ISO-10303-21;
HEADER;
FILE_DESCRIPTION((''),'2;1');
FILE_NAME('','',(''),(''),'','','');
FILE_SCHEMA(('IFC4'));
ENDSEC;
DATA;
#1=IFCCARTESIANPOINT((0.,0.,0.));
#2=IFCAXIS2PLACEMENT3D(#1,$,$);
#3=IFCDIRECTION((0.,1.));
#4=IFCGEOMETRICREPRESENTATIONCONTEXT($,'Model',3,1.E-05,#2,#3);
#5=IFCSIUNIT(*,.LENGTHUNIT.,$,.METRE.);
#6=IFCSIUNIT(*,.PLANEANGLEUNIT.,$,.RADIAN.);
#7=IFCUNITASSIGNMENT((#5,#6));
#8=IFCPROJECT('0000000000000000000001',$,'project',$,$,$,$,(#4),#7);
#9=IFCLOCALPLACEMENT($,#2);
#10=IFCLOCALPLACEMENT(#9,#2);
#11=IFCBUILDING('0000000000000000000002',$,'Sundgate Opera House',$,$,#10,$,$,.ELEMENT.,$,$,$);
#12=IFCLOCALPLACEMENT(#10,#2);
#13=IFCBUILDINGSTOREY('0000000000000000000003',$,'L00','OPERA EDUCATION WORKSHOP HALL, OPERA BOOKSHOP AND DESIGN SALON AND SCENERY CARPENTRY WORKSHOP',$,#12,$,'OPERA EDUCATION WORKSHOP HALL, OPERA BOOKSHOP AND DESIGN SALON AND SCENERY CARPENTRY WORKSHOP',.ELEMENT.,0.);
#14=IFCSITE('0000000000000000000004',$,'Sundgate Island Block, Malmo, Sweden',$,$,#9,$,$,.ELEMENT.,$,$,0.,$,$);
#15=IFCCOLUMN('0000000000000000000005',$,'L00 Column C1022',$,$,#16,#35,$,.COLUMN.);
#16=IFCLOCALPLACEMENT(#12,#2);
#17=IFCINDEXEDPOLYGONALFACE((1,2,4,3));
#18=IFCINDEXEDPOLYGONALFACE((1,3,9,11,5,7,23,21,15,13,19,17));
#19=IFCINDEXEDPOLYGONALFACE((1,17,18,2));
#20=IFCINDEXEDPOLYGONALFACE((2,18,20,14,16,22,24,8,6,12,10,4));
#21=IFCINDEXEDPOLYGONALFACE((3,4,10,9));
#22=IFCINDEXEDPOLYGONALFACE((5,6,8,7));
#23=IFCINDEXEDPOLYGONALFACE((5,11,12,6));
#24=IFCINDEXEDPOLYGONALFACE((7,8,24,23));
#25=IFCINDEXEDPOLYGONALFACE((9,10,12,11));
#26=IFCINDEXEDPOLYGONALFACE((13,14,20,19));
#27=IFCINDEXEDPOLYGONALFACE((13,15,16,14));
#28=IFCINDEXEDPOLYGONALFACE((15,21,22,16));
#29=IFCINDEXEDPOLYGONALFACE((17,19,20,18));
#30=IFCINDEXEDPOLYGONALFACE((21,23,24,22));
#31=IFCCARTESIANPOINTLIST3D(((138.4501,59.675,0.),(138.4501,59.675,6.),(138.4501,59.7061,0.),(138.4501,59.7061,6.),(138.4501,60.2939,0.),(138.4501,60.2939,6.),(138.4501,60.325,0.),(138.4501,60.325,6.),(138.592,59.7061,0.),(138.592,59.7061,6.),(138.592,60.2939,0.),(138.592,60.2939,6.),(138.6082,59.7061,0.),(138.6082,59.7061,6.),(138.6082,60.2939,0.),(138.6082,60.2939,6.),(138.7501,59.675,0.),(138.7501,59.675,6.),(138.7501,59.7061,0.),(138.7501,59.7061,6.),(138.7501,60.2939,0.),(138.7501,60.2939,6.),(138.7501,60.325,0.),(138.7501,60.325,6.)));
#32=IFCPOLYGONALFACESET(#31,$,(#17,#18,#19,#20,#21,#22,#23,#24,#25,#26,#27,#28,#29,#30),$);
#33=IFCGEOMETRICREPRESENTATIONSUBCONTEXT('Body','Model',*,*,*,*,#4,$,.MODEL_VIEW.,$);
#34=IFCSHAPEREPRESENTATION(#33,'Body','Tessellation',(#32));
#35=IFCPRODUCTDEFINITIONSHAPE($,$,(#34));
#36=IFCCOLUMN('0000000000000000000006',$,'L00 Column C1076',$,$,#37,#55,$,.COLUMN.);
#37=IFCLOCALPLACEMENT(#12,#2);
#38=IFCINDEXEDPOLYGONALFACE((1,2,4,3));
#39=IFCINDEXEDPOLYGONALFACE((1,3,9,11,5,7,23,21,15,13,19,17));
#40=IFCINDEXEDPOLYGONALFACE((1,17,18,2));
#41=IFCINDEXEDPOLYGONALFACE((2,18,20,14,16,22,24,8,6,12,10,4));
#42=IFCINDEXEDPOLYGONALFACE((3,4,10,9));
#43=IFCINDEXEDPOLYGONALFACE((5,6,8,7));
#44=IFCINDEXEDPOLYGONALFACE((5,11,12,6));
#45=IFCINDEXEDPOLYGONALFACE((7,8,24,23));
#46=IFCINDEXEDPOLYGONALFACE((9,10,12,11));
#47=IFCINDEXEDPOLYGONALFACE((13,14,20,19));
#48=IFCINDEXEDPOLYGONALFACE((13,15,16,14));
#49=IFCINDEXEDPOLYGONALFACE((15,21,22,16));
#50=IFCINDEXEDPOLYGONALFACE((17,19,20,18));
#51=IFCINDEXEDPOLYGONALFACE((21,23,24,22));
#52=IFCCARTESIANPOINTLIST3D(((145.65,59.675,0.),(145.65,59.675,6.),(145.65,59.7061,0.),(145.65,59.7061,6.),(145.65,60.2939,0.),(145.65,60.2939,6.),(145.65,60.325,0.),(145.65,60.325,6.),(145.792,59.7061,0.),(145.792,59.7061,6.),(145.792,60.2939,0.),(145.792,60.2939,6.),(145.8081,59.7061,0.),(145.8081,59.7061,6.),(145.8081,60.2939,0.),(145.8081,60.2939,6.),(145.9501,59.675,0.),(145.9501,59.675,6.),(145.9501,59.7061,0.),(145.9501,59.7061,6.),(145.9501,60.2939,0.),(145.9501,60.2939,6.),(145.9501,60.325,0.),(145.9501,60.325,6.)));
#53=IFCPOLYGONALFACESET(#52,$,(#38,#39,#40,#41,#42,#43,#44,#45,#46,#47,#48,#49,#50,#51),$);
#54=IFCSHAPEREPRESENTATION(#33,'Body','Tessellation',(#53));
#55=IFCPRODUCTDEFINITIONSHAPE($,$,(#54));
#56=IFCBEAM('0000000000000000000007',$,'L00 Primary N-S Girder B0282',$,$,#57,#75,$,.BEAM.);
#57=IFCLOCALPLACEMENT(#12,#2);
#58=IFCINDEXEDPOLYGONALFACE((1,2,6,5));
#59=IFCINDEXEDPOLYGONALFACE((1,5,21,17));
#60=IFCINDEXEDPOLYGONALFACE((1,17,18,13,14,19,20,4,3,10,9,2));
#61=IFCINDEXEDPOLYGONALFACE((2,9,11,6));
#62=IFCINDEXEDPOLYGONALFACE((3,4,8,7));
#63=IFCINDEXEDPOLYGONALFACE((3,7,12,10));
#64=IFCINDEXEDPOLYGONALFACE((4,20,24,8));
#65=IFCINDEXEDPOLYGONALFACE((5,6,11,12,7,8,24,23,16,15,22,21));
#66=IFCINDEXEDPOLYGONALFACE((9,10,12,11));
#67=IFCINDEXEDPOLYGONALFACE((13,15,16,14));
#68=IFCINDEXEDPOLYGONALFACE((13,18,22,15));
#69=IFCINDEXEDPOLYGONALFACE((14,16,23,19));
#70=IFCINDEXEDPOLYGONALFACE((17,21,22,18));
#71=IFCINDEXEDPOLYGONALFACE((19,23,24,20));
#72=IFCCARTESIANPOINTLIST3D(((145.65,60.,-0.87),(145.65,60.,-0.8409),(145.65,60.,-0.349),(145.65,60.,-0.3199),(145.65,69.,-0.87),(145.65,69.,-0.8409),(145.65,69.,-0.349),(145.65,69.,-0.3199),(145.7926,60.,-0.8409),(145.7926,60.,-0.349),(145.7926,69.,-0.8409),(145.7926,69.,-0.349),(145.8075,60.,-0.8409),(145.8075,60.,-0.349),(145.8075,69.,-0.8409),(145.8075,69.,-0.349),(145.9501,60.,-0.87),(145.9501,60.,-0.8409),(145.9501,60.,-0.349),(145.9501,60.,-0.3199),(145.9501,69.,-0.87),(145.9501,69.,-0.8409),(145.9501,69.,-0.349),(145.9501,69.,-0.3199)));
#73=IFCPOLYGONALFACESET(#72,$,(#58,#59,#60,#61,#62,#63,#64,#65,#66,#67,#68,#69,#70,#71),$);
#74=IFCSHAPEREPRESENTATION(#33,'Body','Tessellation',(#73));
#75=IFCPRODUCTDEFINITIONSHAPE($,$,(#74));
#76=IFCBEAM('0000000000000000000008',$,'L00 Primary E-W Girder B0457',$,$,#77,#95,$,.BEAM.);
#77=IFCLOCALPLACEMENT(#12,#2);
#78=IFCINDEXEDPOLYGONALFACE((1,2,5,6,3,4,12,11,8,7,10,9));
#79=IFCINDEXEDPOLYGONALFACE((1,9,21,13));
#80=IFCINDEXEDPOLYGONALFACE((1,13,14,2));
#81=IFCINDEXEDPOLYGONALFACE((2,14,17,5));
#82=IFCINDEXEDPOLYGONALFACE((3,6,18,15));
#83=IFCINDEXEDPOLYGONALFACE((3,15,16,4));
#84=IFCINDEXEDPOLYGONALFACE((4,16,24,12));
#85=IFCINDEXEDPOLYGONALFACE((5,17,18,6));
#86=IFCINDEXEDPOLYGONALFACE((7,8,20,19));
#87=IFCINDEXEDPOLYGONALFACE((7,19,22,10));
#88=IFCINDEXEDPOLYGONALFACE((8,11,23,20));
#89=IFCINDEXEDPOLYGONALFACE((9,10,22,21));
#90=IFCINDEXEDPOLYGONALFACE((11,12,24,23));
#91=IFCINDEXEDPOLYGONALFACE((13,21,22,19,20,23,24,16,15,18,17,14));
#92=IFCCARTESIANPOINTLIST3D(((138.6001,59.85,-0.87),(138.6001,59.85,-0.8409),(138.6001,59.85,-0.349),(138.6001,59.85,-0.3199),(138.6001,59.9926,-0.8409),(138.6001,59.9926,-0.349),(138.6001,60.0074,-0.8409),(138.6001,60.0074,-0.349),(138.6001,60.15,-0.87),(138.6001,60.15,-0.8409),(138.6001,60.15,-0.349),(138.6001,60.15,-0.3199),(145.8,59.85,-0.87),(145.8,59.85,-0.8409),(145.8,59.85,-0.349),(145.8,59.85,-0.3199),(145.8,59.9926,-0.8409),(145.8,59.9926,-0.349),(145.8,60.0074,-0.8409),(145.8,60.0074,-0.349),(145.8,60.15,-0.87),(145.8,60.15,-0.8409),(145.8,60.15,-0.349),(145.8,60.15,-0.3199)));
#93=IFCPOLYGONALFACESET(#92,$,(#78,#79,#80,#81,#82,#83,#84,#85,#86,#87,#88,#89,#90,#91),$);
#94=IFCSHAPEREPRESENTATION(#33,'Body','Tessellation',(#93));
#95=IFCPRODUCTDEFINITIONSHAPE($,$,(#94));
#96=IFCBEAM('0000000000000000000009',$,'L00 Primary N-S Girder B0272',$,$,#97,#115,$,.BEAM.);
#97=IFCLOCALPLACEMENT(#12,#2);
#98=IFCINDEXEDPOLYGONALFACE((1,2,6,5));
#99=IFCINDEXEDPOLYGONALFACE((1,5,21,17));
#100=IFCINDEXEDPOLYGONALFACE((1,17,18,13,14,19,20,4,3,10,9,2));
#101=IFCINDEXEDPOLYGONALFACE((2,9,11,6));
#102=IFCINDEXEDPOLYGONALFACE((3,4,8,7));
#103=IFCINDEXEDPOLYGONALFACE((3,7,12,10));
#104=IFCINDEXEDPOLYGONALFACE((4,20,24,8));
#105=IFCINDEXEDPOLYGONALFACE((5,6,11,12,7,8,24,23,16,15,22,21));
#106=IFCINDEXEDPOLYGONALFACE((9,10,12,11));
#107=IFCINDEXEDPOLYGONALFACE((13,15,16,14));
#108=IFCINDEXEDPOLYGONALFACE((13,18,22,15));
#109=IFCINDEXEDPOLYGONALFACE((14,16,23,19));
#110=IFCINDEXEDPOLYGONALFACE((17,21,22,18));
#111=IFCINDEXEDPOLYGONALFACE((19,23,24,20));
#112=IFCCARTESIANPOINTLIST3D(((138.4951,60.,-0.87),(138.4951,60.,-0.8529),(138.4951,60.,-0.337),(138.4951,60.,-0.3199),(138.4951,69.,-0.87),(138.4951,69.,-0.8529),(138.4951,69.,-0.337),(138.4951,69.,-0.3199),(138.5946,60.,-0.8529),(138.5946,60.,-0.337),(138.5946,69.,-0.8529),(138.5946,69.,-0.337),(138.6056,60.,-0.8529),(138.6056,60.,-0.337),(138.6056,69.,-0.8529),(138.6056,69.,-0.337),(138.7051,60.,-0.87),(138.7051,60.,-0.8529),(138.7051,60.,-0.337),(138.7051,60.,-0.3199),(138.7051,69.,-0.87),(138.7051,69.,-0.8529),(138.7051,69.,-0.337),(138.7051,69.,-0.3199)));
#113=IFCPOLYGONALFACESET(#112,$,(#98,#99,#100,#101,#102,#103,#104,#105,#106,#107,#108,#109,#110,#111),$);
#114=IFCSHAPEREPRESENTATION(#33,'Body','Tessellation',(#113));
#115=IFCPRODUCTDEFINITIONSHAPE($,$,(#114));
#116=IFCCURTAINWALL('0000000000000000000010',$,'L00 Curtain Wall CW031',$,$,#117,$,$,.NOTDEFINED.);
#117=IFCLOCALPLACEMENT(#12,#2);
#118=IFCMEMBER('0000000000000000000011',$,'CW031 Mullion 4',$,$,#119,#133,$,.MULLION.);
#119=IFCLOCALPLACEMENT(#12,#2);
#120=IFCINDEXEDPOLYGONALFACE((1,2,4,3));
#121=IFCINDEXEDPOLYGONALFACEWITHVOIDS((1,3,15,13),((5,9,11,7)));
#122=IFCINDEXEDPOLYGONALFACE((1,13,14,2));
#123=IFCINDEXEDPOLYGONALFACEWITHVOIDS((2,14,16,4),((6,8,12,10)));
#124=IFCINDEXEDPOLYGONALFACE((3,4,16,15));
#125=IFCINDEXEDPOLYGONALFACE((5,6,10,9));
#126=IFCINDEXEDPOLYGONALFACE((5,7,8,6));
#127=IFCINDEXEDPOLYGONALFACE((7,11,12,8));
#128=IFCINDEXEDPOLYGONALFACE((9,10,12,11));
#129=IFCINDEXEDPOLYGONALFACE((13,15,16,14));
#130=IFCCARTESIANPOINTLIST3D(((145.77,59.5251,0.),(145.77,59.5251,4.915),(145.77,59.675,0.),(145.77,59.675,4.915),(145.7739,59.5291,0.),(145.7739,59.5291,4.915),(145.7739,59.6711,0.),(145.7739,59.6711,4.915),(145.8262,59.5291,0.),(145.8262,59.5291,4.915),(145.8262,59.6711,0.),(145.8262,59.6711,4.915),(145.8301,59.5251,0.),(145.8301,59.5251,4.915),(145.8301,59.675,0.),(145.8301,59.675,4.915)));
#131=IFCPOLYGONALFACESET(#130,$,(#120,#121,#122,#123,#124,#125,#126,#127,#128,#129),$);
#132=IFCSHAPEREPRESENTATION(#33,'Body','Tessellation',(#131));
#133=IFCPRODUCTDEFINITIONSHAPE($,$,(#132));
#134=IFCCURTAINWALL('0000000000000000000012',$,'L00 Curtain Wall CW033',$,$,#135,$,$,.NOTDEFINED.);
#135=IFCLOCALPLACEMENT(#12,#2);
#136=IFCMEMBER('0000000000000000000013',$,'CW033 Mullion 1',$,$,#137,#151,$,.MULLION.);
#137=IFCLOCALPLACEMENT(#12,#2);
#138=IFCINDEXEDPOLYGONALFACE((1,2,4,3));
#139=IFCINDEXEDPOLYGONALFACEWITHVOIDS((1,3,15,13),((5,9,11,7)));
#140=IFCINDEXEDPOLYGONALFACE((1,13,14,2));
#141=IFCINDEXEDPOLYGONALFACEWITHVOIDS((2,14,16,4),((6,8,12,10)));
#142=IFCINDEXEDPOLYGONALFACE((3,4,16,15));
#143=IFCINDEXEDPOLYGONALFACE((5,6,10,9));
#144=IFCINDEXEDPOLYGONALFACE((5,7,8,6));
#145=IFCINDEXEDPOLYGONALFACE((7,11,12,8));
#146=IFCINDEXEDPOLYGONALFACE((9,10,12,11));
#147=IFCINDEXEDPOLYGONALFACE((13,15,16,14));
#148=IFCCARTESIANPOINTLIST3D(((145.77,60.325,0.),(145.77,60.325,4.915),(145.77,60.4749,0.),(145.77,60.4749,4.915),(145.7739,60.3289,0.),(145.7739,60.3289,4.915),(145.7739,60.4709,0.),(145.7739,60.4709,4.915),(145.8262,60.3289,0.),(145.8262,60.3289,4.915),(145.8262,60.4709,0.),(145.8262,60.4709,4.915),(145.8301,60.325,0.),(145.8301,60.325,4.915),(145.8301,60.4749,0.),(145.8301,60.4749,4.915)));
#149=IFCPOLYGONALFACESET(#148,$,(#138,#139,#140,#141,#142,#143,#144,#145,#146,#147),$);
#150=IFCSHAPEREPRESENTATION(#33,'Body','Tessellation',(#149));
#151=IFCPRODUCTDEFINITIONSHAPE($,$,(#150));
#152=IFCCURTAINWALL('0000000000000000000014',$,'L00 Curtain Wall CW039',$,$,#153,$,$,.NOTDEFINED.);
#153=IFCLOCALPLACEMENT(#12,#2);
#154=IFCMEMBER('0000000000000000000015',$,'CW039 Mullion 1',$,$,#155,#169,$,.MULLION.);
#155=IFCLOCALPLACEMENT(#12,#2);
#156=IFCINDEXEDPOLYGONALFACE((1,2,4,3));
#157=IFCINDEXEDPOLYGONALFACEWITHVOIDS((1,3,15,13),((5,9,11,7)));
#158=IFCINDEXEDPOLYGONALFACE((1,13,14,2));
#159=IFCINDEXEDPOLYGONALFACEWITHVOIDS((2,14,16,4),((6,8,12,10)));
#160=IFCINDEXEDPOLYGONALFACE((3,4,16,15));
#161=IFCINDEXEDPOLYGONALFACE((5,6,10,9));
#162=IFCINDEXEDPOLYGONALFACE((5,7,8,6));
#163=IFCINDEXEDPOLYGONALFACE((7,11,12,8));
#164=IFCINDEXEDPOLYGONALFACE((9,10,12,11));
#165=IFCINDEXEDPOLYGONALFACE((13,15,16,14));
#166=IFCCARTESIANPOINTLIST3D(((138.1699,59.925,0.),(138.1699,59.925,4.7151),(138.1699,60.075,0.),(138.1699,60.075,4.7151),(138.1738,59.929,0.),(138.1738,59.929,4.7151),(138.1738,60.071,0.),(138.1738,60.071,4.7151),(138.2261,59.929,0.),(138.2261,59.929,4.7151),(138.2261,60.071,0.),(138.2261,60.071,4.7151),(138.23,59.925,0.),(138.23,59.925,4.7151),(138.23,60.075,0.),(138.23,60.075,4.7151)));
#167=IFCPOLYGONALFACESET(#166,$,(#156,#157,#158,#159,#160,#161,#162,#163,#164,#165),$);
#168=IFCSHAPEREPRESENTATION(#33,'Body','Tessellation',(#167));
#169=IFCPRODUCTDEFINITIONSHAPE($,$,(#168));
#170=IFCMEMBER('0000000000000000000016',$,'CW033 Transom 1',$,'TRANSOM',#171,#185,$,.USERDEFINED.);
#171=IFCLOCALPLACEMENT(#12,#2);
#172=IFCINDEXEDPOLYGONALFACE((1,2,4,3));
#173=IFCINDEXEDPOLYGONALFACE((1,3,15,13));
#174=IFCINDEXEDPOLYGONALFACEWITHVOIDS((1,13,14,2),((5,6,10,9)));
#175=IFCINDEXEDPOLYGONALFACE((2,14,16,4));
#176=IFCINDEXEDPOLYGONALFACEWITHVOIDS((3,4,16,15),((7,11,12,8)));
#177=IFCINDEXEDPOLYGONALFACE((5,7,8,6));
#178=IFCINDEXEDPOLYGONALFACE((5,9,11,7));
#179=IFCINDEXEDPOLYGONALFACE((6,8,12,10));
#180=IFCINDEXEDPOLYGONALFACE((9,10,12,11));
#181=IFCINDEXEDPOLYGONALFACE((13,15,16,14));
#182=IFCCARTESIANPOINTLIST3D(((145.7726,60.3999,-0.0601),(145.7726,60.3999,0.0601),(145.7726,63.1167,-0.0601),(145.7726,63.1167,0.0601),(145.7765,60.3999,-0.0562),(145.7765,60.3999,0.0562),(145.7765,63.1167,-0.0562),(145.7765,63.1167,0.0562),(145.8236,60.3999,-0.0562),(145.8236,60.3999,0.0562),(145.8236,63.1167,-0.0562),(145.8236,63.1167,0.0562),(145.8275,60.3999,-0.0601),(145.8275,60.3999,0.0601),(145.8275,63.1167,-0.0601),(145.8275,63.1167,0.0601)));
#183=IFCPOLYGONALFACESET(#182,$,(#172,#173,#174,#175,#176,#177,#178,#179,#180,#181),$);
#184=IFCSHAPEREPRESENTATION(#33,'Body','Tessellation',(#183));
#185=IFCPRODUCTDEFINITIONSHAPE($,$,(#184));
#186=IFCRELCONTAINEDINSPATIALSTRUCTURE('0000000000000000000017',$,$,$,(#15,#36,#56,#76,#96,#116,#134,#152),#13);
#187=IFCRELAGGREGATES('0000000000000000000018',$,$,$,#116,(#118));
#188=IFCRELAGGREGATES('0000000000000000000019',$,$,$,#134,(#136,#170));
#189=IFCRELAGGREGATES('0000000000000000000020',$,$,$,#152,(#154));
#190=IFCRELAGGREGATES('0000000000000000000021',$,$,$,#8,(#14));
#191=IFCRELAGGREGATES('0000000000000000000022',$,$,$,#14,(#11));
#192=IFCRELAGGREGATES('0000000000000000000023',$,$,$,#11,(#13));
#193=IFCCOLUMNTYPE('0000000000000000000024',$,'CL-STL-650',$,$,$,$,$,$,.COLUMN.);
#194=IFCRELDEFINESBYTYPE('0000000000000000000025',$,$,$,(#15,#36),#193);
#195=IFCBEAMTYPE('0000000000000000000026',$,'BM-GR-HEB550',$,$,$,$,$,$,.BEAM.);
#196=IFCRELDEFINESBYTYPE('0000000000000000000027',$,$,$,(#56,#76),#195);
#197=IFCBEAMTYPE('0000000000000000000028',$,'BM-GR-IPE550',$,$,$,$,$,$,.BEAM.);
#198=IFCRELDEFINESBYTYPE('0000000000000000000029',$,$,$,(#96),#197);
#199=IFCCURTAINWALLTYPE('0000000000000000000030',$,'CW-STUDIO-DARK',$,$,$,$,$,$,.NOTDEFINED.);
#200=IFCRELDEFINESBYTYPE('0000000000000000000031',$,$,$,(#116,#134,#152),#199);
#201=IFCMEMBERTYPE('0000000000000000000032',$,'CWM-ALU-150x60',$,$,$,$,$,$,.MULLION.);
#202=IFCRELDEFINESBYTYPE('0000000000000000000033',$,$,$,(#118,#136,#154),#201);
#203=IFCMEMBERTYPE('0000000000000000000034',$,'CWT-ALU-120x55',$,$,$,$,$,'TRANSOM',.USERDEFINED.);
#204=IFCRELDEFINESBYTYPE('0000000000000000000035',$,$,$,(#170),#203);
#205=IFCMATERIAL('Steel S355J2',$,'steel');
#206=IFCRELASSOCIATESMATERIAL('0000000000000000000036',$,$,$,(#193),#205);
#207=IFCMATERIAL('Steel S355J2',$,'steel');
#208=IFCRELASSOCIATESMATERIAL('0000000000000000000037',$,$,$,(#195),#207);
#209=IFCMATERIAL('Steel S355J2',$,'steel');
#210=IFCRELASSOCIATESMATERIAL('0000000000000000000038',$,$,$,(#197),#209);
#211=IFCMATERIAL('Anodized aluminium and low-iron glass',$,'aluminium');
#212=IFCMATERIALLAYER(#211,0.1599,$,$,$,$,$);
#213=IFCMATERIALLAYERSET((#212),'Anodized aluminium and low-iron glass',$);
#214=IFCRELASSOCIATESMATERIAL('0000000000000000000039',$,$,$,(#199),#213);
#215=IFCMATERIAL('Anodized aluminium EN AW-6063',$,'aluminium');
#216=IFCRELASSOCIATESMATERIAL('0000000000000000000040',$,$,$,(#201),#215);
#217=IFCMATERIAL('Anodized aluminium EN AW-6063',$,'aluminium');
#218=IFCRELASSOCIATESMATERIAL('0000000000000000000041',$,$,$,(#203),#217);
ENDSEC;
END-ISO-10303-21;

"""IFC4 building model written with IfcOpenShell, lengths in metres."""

from ifc_helpers import new_model, si_unit, direction, frame, origin, origin_2d, place, context, subcontext, project, spatial, hollow_rectangle, i_section, extrude, material, layer, layer_set, material_profile, profile_set, type_object, element, aggregate, save


model = new_model("IFC4")

# Units and contexts
model_context = context("Model", 3, precision=1e-05, world=origin(), true_north=direction((0.0, 1.0)))
body_context = subcontext(model_context, "Body", "Model", "MODEL_VIEW")
ifc_project = project(units=[si_unit("LENGTHUNIT", "METRE"), si_unit("PLANEANGLEUNIT", "RADIAN")], contexts=[model_context])

# Site, building, storey
site_placement = place(None, origin())
site = spatial("IfcSite", under=ifc_project, at=site_placement, Name="Sundgate Island Block, Malmo, Sweden", CompositionType="ELEMENT", RefElevation=0.0)
building_placement = place(site_placement, origin())
building = spatial("IfcBuilding", under=site, at=building_placement, Name="Sundgate Opera House", CompositionType="ELEMENT")
storey_placement = place(building_placement, origin())
storey = spatial("IfcBuildingStorey", under=building, at=storey_placement, Name="L00", Description="OPERA EDUCATION WORKSHOP HALL, OPERA BOOKSHOP AND DESIGN SALON AND SCENERY CARPENTRY WORKSHOP", LongName="OPERA EDUCATION WORKSHOP HALL, OPERA BOOKSHOP AND DESIGN SALON AND SCENERY CARPENTRY WORKSHOP", CompositionType="ELEMENT", Elevation=0.0)

# Columns
ifc_material_1 = material(Name="Steel S355J2", Category="steel")
ifc_material_profile_1 = material_profile(ifc_material_1, i_section(OverallWidth=0.3, OverallDepth=0.6499, WebThickness=0.0161, FlangeThickness=0.031, at=origin_2d()), Name="HEB 650")
ifc_profile_set_1 = profile_set([ifc_material_profile_1], Name="Steel S355J2")
column_type = type_object("IfcColumnType", Name="CL-STL-650", PredefinedType="COLUMN", material=ifc_profile_set_1)
for number, where, z_axis, x_axis, name in (
    (1, (138.6001, 60.0, 0.0), (0.0, 0.0, 1.0), (1.0, 0.0, 0.0), "L00 Column C1022"),
    (2, (145.8, 60.0, 0.0), (0.0, 0.0, 1.0), (1.0, 0.0, 0.0), "L00 Column C1076"),
):
    element("IfcColumn", number, at=place(storey_placement, frame(where, z_axis=z_axis, x_axis=x_axis)), inside=storey, type_object=column_type, Name=name, PredefinedType="COLUMN", context=body_context, shape_type="SweptSolid", body=[
        extrude(i_section(OverallWidth=0.3, OverallDepth=0.6499, WebThickness=0.0161, FlangeThickness=0.031, at=origin_2d()), origin(), (0.0, 0.0, 1.0), 6.0),
    ])

# Beams
ifc_material_2 = material(Name="Steel S355J2", Category="steel")
ifc_material_profile_2 = material_profile(ifc_material_2, i_section(OverallWidth=0.3, OverallDepth=0.55, WebThickness=0.0149, FlangeThickness=0.0291, at=origin_2d()), Name="HEB 550")
ifc_profile_set_2 = profile_set([ifc_material_profile_2], Name="Steel S355J2")
beam_type_1 = type_object("IfcBeamType", Name="BM-GR-HEB550", PredefinedType="BEAM", material=ifc_profile_set_2)
beam_1_placement = place(storey_placement, frame((145.8, 60.0, -0.595), z_axis=(0.0, 1.0, 0.0), x_axis=(-1.0, 0.0, 0.0)))
element("IfcBeam", 3, at=beam_1_placement, inside=storey, type_object=beam_type_1, Name="L00 Primary N-S Girder B0282", PredefinedType="BEAM", context=body_context, shape_type="SweptSolid", body=[
    extrude(i_section(OverallWidth=0.3, OverallDepth=0.55, WebThickness=0.0149, FlangeThickness=0.0291, at=origin_2d()), origin(), (0.0, 0.0, 1.0), 9.0),
])
beam_2_placement = place(storey_placement, frame((138.6001, 60.0, -0.595), z_axis=(1.0, 0.0, 0.0), x_axis=(0.0, 1.0, 0.0)))
element("IfcBeam", 4, at=beam_2_placement, inside=storey, type_object=beam_type_1, Name="L00 Primary E-W Girder B0457", PredefinedType="BEAM", context=body_context, shape_type="SweptSolid", body=[
    extrude(i_section(OverallWidth=0.3, OverallDepth=0.55, WebThickness=0.0149, FlangeThickness=0.0291, at=origin_2d()), origin(), (0.0, 0.0, 1.0), 7.2),
])
ifc_material_3 = material(Name="Steel S355J2", Category="steel")
ifc_material_profile_3 = material_profile(ifc_material_3, i_section(OverallWidth=0.21, OverallDepth=0.55, WebThickness=0.011, FlangeThickness=0.0171, at=origin_2d()), Name="IPE 550")
ifc_profile_set_3 = profile_set([ifc_material_profile_3], Name="Steel S355J2")
beam_type_2 = type_object("IfcBeamType", Name="BM-GR-IPE550", PredefinedType="BEAM", material=ifc_profile_set_3)
beam_3_placement = place(storey_placement, frame((138.6001, 60.0, -0.595), z_axis=(0.0, 1.0, 0.0), x_axis=(-1.0, 0.0, 0.0)))
element("IfcBeam", 5, at=beam_3_placement, inside=storey, type_object=beam_type_2, Name="L00 Primary N-S Girder B0272", PredefinedType="BEAM", context=body_context, shape_type="SweptSolid", body=[
    extrude(i_section(OverallWidth=0.21, OverallDepth=0.55, WebThickness=0.011, FlangeThickness=0.0171, at=origin_2d()), origin(), (0.0, 0.0, 1.0), 9.0),
])

# Curtain walls, members
ifc_material_4 = material(Name="Anodized aluminium and low-iron glass", Category="aluminium")
ifc_layer_1 = layer(ifc_material_4, 0.1599)
ifc_layer_set_1 = layer_set([ifc_layer_1], Name="Anodized aluminium and low-iron glass")
curtain_wall_type = type_object("IfcCurtainWallType", Name="CW-STUDIO-DARK", PredefinedType="NOTDEFINED", material=ifc_layer_set_1)
curtain_wall_1_placement = place(storey_placement, origin())
curtain_wall_1 = element("IfcCurtainWall", 6, at=curtain_wall_1_placement, inside=storey, type_object=curtain_wall_type, Name="L00 Curtain Wall CW031", PredefinedType="NOTDEFINED")
ifc_material_5 = material(Name="Anodized aluminium EN AW-6063", Category="aluminium")
ifc_material_profile_4 = material_profile(ifc_material_5, hollow_rectangle(XDim=0.0601, YDim=0.1499, WallThickness=0.0039, at=origin_2d()), Name="CWM 150x60x4")
ifc_profile_set_4 = profile_set([ifc_material_profile_4], Name="Anodized aluminium EN AW-6063")
member_type_1 = type_object("IfcMemberType", Name="CWM-ALU-150x60", PredefinedType="MULLION", material=ifc_profile_set_4)
member_1_placement = place(storey_placement, frame((145.8, 59.6001, 0.0), z_axis=(0.0, 0.0, 1.0), x_axis=(1.0, 0.0, 0.0)))
member_1 = element("IfcMember", 7, at=member_1_placement, type_object=member_type_1, Name="CW031 Mullion 4", PredefinedType="MULLION", context=body_context, shape_type="SweptSolid", body=[
    extrude(hollow_rectangle(XDim=0.0601, YDim=0.1499, WallThickness=0.0039, at=origin_2d()), origin(), (0.0, 0.0, 1.0), 4.915),
])
aggregate(curtain_wall_1, [member_1])
curtain_wall_2_placement = place(storey_placement, origin())
curtain_wall_2 = element("IfcCurtainWall", 8, at=curtain_wall_2_placement, inside=storey, type_object=curtain_wall_type, Name="L00 Curtain Wall CW033", PredefinedType="NOTDEFINED")
member_2_placement = place(storey_placement, frame((145.8, 60.3999, 0.0), z_axis=(0.0, 0.0, 1.0), x_axis=(1.0, 0.0, 0.0)))
member_2 = element("IfcMember", 9, at=member_2_placement, type_object=member_type_1, Name="CW033 Mullion 1", PredefinedType="MULLION", context=body_context, shape_type="SweptSolid", body=[
    extrude(hollow_rectangle(XDim=0.0601, YDim=0.1499, WallThickness=0.0039, at=origin_2d()), origin(), (0.0, 0.0, 1.0), 4.915),
])
curtain_wall_3_placement = place(storey_placement, origin())
curtain_wall_3 = element("IfcCurtainWall", 10, at=curtain_wall_3_placement, inside=storey, type_object=curtain_wall_type, Name="L00 Curtain Wall CW039", PredefinedType="NOTDEFINED")
member_3_placement = place(storey_placement, frame((138.2, 60.0, 0.0), z_axis=(0.0, 0.0, 1.0), x_axis=(1.0, 0.0, 0.0)))
member_3 = element("IfcMember", 11, at=member_3_placement, type_object=member_type_1, Name="CW039 Mullion 1", PredefinedType="MULLION", context=body_context, shape_type="SweptSolid", body=[
    extrude(hollow_rectangle(XDim=0.0601, YDim=0.1499, WallThickness=0.0039, at=origin_2d()), origin(), (0.0, 0.0, 1.0), 4.7151),
])

# Member
ifc_material_6 = material(Name="Anodized aluminium EN AW-6063", Category="aluminium")
ifc_material_profile_5 = material_profile(ifc_material_6, hollow_rectangle(XDim=0.0549, YDim=0.1201, WallThickness=0.0039, at=origin_2d()), Name="CWT 120x55x4")
ifc_profile_set_5 = profile_set([ifc_material_profile_5], Name="Anodized aluminium EN AW-6063")
member_type_2 = type_object("IfcMemberType", Name="CWT-ALU-120x55", ElementType="TRANSOM", PredefinedType="USERDEFINED", material=ifc_profile_set_5)
member_4_placement = place(storey_placement, frame((145.8, 60.3999, 0.0), z_axis=(0.0, 1.0, 0.0), x_axis=(-1.0, 0.0, 0.0)))
member_4 = element("IfcMember", 12, at=member_4_placement, type_object=member_type_2, Name="CW033 Transom 1", ObjectType="TRANSOM", PredefinedType="USERDEFINED", context=body_context, shape_type="SweptSolid", body=[
    extrude(hollow_rectangle(XDim=0.0549, YDim=0.1201, WallThickness=0.0039, at=origin_2d()), origin(), (0.0, 0.0, 1.0), 2.7168),
])

aggregate(curtain_wall_2, [member_2, member_4])
aggregate(curtain_wall_3, [member_3])

save(model, "model.ifc")
